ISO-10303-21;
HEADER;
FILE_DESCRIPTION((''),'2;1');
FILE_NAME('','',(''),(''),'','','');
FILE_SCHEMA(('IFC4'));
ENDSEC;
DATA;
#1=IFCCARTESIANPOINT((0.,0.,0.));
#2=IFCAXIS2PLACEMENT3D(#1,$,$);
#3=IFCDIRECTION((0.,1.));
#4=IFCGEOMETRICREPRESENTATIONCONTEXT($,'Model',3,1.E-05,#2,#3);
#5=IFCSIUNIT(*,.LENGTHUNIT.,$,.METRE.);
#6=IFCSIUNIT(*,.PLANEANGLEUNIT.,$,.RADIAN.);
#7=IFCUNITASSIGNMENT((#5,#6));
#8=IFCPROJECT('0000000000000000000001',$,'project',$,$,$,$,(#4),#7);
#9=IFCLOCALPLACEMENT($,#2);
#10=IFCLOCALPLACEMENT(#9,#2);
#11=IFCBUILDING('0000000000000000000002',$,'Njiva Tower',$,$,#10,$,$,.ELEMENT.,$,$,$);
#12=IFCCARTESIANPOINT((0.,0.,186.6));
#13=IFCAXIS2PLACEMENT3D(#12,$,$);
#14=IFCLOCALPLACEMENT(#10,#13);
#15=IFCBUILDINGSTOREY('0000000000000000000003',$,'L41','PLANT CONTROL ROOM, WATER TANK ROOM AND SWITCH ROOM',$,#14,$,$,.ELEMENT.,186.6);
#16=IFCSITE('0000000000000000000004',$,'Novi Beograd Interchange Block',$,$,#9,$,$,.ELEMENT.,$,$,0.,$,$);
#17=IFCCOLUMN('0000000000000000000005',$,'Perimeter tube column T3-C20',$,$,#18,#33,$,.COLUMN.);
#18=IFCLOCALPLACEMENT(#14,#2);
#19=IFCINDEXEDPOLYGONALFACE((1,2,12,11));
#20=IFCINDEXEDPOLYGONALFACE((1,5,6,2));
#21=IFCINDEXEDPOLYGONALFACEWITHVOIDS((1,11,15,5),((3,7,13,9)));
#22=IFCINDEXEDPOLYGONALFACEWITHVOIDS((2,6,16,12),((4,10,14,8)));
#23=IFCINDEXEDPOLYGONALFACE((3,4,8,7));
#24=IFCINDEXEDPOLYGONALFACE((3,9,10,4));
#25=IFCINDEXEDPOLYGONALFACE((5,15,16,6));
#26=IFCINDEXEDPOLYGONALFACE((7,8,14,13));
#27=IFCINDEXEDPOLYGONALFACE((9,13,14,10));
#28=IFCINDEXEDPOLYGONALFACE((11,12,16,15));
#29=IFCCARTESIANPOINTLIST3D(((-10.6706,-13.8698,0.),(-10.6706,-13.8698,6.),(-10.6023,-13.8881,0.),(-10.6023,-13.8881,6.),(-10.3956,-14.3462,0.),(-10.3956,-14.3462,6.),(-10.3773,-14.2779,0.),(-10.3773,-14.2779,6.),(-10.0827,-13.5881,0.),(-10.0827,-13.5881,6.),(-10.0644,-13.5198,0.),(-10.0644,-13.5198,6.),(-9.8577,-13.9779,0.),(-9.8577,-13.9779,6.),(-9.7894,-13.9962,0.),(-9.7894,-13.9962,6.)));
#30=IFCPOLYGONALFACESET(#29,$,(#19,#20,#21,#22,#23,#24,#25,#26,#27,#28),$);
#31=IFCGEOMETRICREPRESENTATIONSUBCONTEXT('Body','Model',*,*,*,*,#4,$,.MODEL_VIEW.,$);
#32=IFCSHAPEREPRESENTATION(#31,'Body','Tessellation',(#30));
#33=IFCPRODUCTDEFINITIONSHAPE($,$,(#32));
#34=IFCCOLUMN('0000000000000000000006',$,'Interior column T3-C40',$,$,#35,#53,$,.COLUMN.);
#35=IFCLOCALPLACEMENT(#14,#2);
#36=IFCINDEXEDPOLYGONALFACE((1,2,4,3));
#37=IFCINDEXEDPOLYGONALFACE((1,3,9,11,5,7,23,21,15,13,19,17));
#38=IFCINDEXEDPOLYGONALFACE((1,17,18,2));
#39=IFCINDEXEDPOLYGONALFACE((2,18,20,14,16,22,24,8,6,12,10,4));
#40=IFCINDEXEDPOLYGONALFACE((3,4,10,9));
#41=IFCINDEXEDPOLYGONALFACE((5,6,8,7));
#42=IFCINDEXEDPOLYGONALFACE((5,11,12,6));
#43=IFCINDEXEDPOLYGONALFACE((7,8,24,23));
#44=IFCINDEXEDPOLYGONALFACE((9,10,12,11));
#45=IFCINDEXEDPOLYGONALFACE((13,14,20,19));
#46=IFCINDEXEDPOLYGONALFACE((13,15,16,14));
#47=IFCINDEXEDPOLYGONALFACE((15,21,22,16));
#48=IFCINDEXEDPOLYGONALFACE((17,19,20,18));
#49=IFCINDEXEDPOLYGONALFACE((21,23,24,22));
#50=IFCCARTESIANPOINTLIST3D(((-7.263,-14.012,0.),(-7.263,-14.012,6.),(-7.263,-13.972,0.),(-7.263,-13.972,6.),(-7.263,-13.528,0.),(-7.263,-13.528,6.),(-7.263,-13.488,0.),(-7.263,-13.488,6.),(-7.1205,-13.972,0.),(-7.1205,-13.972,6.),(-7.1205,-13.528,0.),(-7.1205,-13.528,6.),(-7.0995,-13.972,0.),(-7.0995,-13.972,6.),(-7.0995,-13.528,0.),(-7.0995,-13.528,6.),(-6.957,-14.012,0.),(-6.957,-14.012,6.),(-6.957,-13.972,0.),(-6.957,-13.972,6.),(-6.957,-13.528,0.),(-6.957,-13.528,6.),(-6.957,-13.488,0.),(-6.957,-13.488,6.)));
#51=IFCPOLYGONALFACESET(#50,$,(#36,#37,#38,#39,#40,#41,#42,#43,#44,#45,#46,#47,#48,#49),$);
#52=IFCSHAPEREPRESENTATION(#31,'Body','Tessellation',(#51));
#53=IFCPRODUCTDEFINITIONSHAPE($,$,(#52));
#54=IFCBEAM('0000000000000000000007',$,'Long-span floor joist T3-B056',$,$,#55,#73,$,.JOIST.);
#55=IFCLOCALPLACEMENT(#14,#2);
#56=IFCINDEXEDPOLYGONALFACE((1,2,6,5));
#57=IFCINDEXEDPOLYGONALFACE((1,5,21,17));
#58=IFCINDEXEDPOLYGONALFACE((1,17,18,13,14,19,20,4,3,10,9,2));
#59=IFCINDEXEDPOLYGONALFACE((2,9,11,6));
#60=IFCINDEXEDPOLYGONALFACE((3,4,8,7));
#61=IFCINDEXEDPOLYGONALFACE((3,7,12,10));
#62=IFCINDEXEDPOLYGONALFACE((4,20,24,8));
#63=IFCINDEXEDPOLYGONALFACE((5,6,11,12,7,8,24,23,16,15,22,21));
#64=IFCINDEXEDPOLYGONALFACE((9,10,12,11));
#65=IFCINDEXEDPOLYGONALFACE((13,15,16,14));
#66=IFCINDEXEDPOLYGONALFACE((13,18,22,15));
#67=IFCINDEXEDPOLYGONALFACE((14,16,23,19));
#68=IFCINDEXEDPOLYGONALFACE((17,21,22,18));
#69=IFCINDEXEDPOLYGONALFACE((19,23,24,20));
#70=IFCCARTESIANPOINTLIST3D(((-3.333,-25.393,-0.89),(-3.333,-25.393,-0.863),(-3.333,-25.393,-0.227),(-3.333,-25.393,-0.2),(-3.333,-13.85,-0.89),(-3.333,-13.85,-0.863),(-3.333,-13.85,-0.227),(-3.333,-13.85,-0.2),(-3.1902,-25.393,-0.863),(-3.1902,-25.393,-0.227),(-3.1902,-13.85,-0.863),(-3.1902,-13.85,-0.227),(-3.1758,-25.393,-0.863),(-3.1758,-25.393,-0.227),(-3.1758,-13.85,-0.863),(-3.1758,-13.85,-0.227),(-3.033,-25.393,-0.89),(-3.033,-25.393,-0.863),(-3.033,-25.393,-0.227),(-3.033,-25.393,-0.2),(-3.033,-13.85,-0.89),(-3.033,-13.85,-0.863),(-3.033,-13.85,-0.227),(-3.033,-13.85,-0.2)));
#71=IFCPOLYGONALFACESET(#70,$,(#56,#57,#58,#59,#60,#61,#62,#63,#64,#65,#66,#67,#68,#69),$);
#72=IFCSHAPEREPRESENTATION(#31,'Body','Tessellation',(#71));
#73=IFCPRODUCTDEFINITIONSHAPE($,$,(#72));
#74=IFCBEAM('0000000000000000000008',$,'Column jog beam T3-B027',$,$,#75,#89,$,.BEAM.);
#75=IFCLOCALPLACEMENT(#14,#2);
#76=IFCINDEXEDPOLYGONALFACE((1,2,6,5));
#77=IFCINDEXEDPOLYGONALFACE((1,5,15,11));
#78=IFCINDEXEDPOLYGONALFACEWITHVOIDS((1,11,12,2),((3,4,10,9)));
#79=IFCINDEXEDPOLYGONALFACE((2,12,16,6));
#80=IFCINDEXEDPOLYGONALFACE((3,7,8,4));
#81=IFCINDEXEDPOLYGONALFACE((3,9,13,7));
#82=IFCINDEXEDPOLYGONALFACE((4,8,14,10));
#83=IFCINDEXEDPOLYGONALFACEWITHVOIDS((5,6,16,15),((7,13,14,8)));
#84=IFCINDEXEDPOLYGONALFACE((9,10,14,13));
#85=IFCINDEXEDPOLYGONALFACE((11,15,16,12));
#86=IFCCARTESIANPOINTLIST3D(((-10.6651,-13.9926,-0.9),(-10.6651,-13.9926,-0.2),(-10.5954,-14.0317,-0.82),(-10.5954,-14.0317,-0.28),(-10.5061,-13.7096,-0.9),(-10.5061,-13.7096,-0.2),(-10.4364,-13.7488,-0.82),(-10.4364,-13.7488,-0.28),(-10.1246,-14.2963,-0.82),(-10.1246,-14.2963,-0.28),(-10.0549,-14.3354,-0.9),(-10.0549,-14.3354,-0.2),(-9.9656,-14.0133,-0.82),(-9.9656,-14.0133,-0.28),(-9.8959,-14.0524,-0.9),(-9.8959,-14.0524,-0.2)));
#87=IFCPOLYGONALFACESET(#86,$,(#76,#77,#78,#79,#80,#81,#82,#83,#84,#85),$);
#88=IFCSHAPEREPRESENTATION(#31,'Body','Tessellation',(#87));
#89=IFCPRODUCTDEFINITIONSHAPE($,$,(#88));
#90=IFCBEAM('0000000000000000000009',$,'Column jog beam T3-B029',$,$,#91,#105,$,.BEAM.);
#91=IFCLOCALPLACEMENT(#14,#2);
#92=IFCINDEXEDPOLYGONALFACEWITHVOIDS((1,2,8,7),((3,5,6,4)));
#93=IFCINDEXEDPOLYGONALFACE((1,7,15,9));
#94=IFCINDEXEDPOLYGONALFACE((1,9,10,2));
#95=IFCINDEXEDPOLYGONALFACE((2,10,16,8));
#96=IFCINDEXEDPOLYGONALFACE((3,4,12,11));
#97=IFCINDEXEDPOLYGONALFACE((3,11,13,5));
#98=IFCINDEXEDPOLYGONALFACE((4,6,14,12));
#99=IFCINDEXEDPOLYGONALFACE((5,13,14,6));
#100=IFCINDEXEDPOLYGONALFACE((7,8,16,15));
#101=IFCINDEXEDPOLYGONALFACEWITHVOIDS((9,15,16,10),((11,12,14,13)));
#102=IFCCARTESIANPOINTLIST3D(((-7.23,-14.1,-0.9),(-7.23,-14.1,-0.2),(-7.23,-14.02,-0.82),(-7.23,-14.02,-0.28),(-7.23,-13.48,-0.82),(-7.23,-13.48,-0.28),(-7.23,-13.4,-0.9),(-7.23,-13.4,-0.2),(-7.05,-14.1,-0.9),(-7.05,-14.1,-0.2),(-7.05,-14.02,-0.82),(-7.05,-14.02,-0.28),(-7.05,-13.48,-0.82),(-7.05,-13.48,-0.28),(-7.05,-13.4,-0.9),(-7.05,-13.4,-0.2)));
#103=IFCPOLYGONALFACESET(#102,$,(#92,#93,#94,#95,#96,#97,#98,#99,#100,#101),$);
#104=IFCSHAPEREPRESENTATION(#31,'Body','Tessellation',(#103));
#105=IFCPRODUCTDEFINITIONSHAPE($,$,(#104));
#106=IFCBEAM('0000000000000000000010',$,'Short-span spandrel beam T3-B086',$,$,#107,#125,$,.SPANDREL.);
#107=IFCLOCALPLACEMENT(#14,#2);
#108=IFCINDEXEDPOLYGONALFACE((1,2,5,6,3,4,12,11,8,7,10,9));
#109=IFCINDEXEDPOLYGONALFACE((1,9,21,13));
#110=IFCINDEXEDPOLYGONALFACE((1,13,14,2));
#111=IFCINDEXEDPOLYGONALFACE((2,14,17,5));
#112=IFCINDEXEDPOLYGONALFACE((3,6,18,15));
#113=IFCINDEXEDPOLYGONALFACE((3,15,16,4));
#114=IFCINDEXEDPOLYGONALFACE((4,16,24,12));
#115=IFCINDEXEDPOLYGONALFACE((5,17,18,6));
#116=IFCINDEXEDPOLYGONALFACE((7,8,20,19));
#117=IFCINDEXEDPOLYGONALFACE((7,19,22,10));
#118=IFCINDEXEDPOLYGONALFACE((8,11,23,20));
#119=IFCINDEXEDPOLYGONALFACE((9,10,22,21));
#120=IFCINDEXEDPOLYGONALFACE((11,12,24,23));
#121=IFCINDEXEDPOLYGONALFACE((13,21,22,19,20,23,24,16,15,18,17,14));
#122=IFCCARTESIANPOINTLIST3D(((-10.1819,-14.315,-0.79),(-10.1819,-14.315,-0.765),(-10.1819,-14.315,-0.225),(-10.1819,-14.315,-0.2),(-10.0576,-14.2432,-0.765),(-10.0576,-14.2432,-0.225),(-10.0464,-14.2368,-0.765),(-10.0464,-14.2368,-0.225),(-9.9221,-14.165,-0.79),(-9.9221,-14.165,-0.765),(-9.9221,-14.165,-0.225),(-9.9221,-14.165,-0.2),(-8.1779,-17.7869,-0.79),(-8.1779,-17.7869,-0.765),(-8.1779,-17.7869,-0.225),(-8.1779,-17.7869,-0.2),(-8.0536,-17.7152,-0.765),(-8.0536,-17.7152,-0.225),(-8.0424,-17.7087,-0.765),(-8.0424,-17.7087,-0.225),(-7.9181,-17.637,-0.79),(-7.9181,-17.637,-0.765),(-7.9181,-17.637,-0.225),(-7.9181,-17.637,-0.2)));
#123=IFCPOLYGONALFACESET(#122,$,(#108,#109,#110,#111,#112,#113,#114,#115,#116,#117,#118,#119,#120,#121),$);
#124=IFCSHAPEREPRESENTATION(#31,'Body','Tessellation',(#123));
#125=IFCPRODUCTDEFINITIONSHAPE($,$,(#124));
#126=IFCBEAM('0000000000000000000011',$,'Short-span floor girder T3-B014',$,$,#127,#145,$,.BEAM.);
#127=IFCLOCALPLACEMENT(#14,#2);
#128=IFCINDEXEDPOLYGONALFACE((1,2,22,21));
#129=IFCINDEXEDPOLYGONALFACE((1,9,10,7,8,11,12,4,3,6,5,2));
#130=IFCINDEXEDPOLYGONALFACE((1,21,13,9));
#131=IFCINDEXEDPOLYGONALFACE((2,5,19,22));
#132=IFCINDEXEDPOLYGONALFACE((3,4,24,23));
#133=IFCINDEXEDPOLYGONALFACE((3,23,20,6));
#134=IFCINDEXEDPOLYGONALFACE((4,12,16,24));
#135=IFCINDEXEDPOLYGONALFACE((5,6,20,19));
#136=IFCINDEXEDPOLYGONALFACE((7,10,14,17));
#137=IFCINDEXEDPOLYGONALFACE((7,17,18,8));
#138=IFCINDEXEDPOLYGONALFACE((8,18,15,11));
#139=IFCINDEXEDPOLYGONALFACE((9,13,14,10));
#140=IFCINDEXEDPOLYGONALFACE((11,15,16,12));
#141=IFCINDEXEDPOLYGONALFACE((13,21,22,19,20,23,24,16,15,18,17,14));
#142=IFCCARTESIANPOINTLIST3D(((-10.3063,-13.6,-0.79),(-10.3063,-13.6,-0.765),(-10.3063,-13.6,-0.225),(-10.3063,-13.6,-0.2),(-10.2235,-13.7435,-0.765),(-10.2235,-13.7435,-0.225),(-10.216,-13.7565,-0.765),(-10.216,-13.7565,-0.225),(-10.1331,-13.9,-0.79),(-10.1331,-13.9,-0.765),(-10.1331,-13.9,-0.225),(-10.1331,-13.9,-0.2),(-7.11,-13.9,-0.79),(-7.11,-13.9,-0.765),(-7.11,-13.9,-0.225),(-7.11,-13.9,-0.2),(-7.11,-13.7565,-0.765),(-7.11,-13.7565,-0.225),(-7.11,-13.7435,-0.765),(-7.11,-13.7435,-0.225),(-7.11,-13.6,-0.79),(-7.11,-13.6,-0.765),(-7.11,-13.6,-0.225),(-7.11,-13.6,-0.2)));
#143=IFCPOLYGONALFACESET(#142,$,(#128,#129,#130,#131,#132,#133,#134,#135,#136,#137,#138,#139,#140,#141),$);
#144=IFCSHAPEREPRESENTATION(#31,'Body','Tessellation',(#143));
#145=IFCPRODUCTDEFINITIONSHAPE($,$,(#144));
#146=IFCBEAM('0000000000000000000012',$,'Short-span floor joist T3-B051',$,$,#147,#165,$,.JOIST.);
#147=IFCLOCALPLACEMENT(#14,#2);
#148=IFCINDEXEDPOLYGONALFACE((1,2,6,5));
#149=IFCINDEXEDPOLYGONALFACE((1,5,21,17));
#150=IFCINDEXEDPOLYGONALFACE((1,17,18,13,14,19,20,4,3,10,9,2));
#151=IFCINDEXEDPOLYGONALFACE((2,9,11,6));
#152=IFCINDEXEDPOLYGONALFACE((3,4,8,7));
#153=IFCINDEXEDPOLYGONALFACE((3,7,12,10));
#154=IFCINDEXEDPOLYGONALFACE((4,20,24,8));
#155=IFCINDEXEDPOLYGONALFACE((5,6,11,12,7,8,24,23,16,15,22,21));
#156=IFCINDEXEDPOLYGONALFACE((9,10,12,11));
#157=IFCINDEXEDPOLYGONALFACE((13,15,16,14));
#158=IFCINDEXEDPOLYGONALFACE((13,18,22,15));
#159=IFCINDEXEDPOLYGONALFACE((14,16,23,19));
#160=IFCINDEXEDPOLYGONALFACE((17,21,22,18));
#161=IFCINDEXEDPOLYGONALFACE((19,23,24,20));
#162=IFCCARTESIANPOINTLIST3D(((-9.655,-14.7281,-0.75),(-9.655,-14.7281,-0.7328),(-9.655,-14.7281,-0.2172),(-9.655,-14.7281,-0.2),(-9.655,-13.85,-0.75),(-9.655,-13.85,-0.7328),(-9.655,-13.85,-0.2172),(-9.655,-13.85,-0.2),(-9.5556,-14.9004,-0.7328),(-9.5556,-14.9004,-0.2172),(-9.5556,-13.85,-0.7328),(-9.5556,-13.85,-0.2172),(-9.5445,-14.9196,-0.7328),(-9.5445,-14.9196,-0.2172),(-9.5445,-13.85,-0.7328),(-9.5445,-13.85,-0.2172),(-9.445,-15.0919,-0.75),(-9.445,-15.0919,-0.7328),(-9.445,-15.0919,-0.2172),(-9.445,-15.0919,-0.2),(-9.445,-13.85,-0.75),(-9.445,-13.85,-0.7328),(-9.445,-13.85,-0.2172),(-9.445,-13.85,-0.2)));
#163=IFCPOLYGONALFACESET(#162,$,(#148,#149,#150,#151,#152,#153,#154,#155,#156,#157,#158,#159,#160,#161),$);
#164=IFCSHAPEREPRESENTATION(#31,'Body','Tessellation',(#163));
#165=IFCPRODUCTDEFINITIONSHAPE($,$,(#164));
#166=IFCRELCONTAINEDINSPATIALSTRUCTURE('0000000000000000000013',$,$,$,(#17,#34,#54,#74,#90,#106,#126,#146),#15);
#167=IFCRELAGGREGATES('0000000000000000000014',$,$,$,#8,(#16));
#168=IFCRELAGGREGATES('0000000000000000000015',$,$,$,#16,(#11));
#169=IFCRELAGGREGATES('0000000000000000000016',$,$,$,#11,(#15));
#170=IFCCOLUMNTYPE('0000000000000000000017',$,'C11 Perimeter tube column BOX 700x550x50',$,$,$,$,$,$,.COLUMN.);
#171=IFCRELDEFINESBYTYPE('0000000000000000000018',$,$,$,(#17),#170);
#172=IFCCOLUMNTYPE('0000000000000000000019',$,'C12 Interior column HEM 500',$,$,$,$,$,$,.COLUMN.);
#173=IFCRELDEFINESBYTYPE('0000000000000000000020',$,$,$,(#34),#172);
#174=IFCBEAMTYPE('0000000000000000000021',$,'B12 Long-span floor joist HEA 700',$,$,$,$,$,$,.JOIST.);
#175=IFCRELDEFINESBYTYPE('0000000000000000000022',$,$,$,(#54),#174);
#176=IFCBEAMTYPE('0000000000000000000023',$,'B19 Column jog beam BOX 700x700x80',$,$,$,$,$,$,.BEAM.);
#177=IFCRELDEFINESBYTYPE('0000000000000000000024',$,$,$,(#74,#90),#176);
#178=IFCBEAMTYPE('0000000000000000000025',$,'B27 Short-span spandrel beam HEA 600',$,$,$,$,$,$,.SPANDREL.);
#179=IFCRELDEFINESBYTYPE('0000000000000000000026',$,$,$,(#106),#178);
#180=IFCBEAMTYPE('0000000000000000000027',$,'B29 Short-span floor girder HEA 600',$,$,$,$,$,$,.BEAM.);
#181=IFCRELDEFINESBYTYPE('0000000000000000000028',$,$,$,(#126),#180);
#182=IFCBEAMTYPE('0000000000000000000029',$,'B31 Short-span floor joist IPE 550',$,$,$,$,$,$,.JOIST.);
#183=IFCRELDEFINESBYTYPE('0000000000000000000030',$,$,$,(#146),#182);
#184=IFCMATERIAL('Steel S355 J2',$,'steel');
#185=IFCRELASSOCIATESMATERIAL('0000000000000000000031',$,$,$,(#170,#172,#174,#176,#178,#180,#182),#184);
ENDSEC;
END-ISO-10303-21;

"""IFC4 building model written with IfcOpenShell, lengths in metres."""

from ifc_helpers import new_model, si_unit, direction, frame, origin, origin_2d, place, context, subcontext, project, spatial, hollow_rectangle, i_section, extrude, clip, halfspace, material, material_profile, profile_set, type_object, element, save


model = new_model("IFC4")

# Units and contexts
model_context = context("Model", 3, precision=1e-05, world=origin(), true_north=direction((0.0, 1.0)))
body_context = subcontext(model_context, "Body", "Model", "MODEL_VIEW")
ifc_project = project(units=[si_unit("LENGTHUNIT", "METRE"), si_unit("PLANEANGLEUNIT", "RADIAN")], contexts=[model_context])

# Site, building, storey
site_placement = place(None, origin())
site = spatial("IfcSite", under=ifc_project, at=site_placement, Name="Novi Beograd Interchange Block", CompositionType="ELEMENT", RefElevation=0.0)
building_placement = place(site_placement, origin())
building = spatial("IfcBuilding", under=site, at=building_placement, Name="Njiva Tower", CompositionType="ELEMENT")
storey_placement = place(building_placement, frame((0.0, 0.0, 186.6)))
storey = spatial("IfcBuildingStorey", under=building, at=storey_placement, Name="L41", Description="PLANT CONTROL ROOM, WATER TANK ROOM AND SWITCH ROOM", CompositionType="ELEMENT", Elevation=186.6)

# Columns
ifc_material_1 = material(Name="Steel S355 J2", Category="steel")
ifc_material_profile_1 = material_profile(ifc_material_1, hollow_rectangle(XDim=0.55, YDim=0.7, WallThickness=0.05, at=origin_2d()), Name="BOX 700x550x50")
ifc_profile_set_1 = profile_set([ifc_material_profile_1], Name="Steel S355 J2")
column_type_1 = type_object("IfcColumnType", Name="C11 Perimeter tube column BOX 700x550x50", PredefinedType="COLUMN", material=ifc_profile_set_1)
column_1_placement = place(storey_placement, frame((-10.23, -13.933, 0.0), z_axis=(0.0, 0.0, 1.0), x_axis=(0.5, -0.866025, 0.0)))
element("IfcColumn", 1, at=column_1_placement, inside=storey, type_object=column_type_1, Name="Perimeter tube column T3-C20", PredefinedType="COLUMN", context=body_context, shape_type="SweptSolid", body=[
    extrude(hollow_rectangle(XDim=0.55, YDim=0.7, WallThickness=0.05, at=origin_2d()), origin(), (0.0, 0.0, 1.0), 6.0),
])
ifc_material_profile_2 = material_profile(ifc_material_1, i_section(OverallWidth=0.306, OverallDepth=0.524, WebThickness=0.021, FlangeThickness=0.04, at=origin_2d()), Name="HEM 500")
ifc_profile_set_2 = profile_set([ifc_material_profile_2], Name="Steel S355 J2")
column_type_2 = type_object("IfcColumnType", Name="C12 Interior column HEM 500", PredefinedType="COLUMN", material=ifc_profile_set_2)
column_2_placement = place(storey_placement, frame((-7.11, -13.75, 0.0), z_axis=(0.0, 0.0, 1.0), x_axis=(1.0, 0.0, 0.0)))
element("IfcColumn", 2, at=column_2_placement, inside=storey, type_object=column_type_2, Name="Interior column T3-C40", PredefinedType="COLUMN", context=body_context, shape_type="SweptSolid", body=[
    extrude(i_section(OverallWidth=0.306, OverallDepth=0.524, WebThickness=0.021, FlangeThickness=0.04, at=origin_2d()), origin(), (0.0, 0.0, 1.0), 6.0),
])

# Beams
ifc_material_profile_3 = material_profile(ifc_material_1, i_section(OverallWidth=0.3, OverallDepth=0.69, WebThickness=0.0145, FlangeThickness=0.027, at=origin_2d()), Name="HEA 700")
ifc_profile_set_3 = profile_set([ifc_material_profile_3], Name="Steel S355 J2")
beam_type_1 = type_object("IfcBeamType", Name="B12 Long-span floor joist HEA 700", PredefinedType="JOIST", material=ifc_profile_set_3)
beam_1_placement = place(storey_placement, frame((-3.183, -13.85, -0.545), z_axis=(0.0, -1.0, 0.0), x_axis=(1.0, 0.0, 0.0)))
element("IfcBeam", 3, at=beam_1_placement, inside=storey, type_object=beam_type_1, Name="Long-span floor joist T3-B056", PredefinedType="JOIST", context=body_context, shape_type="SweptSolid", body=[
    extrude(i_section(OverallWidth=0.3, OverallDepth=0.69, WebThickness=0.0145, FlangeThickness=0.027, at=origin_2d()), origin(), (0.0, 0.0, 1.0), 11.543),
])
ifc_material_profile_4 = material_profile(ifc_material_1, hollow_rectangle(XDim=0.7, YDim=0.7, WallThickness=0.08, at=origin_2d()), Name="BOX 700x700x80")
ifc_profile_set_4 = profile_set([ifc_material_profile_4], Name="Steel S355 J2")
beam_type_2 = type_object("IfcBeamType", Name="B19 Column jog beam BOX 700x700x80", PredefinedType="BEAM", material=ifc_profile_set_4)
beam_2_placement = place(storey_placement, frame((-10.36, -14.164, -0.55), z_axis=(0.489822, 0.871822, 0.0), x_axis=(-0.871822, 0.489822, 0.0)))
element("IfcBeam", 4, at=beam_2_placement, inside=storey, type_object=beam_type_2, Name="Column jog beam T3-B027", PredefinedType="BEAM", context=body_context, shape_type="SweptSolid", body=[
    extrude(hollow_rectangle(XDim=0.7, YDim=0.7, WallThickness=0.08, at=origin_2d()), origin(), (0.0, 0.0, 1.0), 0.3246),
])
beam_3_placement = place(storey_placement, frame((-7.23, -13.75, -0.55), z_axis=(1.0, 0.0, 0.0), x_axis=(0.0, 1.0, 0.0)))
element("IfcBeam", 5, at=beam_3_placement, inside=storey, type_object=beam_type_2, Name="Column jog beam T3-B029", PredefinedType="BEAM", context=body_context, shape_type="SweptSolid", body=[
    extrude(hollow_rectangle(XDim=0.7, YDim=0.7, WallThickness=0.08, at=origin_2d()), origin(), (0.0, 0.0, 1.0), 0.18),
])
ifc_material_profile_5 = material_profile(ifc_material_1, i_section(OverallWidth=0.3, OverallDepth=0.59, WebThickness=0.013, FlangeThickness=0.025, at=origin_2d()), Name="HEA 600")
ifc_profile_set_5 = profile_set([ifc_material_profile_5], Name="Steel S355 J2")
beam_type_3 = type_object("IfcBeamType", Name="B27 Short-span spandrel beam HEA 600", PredefinedType="SPANDREL", material=ifc_profile_set_5)
beam_4_placement = place(storey_placement, frame((-10.052, -14.24, -0.495), z_axis=(0.499895, -0.866086, 0.0), x_axis=(0.866086, 0.499895, 0.0)))
element("IfcBeam", 6, at=beam_4_placement, inside=storey, type_object=beam_type_3, Name="Short-span spandrel beam T3-B086", PredefinedType="SPANDREL", context=body_context, shape_type="SweptSolid", body=[
    extrude(i_section(OverallWidth=0.3, OverallDepth=0.59, WebThickness=0.013, FlangeThickness=0.025, at=origin_2d()), origin(), (0.0, 0.0, 1.0), 4.0088),
])
ifc_material_profile_6 = material_profile(ifc_material_1, i_section(OverallWidth=0.3, OverallDepth=0.59, WebThickness=0.013, FlangeThickness=0.025, at=origin_2d()), Name="HEA 600")
ifc_profile_set_6 = profile_set([ifc_material_profile_6], Name="Steel S355 J2")
beam_type_4 = type_object("IfcBeamType", Name="B29 Short-span floor girder HEA 600", PredefinedType="BEAM", material=ifc_profile_set_6)
beam_5_placement = place(storey_placement, frame((-10.327, -13.75, -0.495), z_axis=(1.0, 0.0, 0.0), x_axis=(0.0, 1.0, 0.0)))
element("IfcBeam", 7, at=beam_5_placement, inside=storey, type_object=beam_type_4, Name="Short-span floor girder T3-B014", PredefinedType="BEAM", context=body_context, shape_type="Clipping", body=[
    clip(extrude(i_section(OverallWidth=0.3, OverallDepth=0.59, WebThickness=0.013, FlangeThickness=0.025, at=origin_2d()), origin(), (0.0, 0.0, 1.0), 3.217), halfspace(frame((-0.025, 0.0, 0.1217), z_axis=(-0.499998, 0.0, -0.866027), x_axis=(0.0, -1.0, 0.0)), False)),
])
ifc_material_profile_7 = material_profile(ifc_material_1, i_section(OverallWidth=0.21, OverallDepth=0.55, WebThickness=0.0111, FlangeThickness=0.0172, at=origin_2d()), Name="IPE 550")
ifc_profile_set_7 = profile_set([ifc_material_profile_7], Name="Steel S355 J2")
beam_type_5 = type_object("IfcBeamType", Name="B31 Short-span floor joist IPE 550", PredefinedType="JOIST", material=ifc_profile_set_7)
beam_6_placement = place(storey_placement, frame((-9.55, -13.85, -0.475), z_axis=(0.0, -1.0, 0.0), x_axis=(1.0, 0.0, 0.0)))
element("IfcBeam", 8, at=beam_6_placement, inside=storey, type_object=beam_type_5, Name="Short-span floor joist T3-B051", PredefinedType="JOIST", context=body_context, shape_type="Clipping", body=[
    clip(extrude(i_section(OverallWidth=0.21, OverallDepth=0.55, WebThickness=0.0111, FlangeThickness=0.0172, at=origin_2d()), origin(), (0.0, 0.0, 1.0), 1.262), halfspace(frame((-0.0433, 0.0, 0.985), z_axis=(-0.866027, 0.0, 0.499998), x_axis=(0.0, 1.0, 0.0)), False)),
])

save(model, "model.ifc")
